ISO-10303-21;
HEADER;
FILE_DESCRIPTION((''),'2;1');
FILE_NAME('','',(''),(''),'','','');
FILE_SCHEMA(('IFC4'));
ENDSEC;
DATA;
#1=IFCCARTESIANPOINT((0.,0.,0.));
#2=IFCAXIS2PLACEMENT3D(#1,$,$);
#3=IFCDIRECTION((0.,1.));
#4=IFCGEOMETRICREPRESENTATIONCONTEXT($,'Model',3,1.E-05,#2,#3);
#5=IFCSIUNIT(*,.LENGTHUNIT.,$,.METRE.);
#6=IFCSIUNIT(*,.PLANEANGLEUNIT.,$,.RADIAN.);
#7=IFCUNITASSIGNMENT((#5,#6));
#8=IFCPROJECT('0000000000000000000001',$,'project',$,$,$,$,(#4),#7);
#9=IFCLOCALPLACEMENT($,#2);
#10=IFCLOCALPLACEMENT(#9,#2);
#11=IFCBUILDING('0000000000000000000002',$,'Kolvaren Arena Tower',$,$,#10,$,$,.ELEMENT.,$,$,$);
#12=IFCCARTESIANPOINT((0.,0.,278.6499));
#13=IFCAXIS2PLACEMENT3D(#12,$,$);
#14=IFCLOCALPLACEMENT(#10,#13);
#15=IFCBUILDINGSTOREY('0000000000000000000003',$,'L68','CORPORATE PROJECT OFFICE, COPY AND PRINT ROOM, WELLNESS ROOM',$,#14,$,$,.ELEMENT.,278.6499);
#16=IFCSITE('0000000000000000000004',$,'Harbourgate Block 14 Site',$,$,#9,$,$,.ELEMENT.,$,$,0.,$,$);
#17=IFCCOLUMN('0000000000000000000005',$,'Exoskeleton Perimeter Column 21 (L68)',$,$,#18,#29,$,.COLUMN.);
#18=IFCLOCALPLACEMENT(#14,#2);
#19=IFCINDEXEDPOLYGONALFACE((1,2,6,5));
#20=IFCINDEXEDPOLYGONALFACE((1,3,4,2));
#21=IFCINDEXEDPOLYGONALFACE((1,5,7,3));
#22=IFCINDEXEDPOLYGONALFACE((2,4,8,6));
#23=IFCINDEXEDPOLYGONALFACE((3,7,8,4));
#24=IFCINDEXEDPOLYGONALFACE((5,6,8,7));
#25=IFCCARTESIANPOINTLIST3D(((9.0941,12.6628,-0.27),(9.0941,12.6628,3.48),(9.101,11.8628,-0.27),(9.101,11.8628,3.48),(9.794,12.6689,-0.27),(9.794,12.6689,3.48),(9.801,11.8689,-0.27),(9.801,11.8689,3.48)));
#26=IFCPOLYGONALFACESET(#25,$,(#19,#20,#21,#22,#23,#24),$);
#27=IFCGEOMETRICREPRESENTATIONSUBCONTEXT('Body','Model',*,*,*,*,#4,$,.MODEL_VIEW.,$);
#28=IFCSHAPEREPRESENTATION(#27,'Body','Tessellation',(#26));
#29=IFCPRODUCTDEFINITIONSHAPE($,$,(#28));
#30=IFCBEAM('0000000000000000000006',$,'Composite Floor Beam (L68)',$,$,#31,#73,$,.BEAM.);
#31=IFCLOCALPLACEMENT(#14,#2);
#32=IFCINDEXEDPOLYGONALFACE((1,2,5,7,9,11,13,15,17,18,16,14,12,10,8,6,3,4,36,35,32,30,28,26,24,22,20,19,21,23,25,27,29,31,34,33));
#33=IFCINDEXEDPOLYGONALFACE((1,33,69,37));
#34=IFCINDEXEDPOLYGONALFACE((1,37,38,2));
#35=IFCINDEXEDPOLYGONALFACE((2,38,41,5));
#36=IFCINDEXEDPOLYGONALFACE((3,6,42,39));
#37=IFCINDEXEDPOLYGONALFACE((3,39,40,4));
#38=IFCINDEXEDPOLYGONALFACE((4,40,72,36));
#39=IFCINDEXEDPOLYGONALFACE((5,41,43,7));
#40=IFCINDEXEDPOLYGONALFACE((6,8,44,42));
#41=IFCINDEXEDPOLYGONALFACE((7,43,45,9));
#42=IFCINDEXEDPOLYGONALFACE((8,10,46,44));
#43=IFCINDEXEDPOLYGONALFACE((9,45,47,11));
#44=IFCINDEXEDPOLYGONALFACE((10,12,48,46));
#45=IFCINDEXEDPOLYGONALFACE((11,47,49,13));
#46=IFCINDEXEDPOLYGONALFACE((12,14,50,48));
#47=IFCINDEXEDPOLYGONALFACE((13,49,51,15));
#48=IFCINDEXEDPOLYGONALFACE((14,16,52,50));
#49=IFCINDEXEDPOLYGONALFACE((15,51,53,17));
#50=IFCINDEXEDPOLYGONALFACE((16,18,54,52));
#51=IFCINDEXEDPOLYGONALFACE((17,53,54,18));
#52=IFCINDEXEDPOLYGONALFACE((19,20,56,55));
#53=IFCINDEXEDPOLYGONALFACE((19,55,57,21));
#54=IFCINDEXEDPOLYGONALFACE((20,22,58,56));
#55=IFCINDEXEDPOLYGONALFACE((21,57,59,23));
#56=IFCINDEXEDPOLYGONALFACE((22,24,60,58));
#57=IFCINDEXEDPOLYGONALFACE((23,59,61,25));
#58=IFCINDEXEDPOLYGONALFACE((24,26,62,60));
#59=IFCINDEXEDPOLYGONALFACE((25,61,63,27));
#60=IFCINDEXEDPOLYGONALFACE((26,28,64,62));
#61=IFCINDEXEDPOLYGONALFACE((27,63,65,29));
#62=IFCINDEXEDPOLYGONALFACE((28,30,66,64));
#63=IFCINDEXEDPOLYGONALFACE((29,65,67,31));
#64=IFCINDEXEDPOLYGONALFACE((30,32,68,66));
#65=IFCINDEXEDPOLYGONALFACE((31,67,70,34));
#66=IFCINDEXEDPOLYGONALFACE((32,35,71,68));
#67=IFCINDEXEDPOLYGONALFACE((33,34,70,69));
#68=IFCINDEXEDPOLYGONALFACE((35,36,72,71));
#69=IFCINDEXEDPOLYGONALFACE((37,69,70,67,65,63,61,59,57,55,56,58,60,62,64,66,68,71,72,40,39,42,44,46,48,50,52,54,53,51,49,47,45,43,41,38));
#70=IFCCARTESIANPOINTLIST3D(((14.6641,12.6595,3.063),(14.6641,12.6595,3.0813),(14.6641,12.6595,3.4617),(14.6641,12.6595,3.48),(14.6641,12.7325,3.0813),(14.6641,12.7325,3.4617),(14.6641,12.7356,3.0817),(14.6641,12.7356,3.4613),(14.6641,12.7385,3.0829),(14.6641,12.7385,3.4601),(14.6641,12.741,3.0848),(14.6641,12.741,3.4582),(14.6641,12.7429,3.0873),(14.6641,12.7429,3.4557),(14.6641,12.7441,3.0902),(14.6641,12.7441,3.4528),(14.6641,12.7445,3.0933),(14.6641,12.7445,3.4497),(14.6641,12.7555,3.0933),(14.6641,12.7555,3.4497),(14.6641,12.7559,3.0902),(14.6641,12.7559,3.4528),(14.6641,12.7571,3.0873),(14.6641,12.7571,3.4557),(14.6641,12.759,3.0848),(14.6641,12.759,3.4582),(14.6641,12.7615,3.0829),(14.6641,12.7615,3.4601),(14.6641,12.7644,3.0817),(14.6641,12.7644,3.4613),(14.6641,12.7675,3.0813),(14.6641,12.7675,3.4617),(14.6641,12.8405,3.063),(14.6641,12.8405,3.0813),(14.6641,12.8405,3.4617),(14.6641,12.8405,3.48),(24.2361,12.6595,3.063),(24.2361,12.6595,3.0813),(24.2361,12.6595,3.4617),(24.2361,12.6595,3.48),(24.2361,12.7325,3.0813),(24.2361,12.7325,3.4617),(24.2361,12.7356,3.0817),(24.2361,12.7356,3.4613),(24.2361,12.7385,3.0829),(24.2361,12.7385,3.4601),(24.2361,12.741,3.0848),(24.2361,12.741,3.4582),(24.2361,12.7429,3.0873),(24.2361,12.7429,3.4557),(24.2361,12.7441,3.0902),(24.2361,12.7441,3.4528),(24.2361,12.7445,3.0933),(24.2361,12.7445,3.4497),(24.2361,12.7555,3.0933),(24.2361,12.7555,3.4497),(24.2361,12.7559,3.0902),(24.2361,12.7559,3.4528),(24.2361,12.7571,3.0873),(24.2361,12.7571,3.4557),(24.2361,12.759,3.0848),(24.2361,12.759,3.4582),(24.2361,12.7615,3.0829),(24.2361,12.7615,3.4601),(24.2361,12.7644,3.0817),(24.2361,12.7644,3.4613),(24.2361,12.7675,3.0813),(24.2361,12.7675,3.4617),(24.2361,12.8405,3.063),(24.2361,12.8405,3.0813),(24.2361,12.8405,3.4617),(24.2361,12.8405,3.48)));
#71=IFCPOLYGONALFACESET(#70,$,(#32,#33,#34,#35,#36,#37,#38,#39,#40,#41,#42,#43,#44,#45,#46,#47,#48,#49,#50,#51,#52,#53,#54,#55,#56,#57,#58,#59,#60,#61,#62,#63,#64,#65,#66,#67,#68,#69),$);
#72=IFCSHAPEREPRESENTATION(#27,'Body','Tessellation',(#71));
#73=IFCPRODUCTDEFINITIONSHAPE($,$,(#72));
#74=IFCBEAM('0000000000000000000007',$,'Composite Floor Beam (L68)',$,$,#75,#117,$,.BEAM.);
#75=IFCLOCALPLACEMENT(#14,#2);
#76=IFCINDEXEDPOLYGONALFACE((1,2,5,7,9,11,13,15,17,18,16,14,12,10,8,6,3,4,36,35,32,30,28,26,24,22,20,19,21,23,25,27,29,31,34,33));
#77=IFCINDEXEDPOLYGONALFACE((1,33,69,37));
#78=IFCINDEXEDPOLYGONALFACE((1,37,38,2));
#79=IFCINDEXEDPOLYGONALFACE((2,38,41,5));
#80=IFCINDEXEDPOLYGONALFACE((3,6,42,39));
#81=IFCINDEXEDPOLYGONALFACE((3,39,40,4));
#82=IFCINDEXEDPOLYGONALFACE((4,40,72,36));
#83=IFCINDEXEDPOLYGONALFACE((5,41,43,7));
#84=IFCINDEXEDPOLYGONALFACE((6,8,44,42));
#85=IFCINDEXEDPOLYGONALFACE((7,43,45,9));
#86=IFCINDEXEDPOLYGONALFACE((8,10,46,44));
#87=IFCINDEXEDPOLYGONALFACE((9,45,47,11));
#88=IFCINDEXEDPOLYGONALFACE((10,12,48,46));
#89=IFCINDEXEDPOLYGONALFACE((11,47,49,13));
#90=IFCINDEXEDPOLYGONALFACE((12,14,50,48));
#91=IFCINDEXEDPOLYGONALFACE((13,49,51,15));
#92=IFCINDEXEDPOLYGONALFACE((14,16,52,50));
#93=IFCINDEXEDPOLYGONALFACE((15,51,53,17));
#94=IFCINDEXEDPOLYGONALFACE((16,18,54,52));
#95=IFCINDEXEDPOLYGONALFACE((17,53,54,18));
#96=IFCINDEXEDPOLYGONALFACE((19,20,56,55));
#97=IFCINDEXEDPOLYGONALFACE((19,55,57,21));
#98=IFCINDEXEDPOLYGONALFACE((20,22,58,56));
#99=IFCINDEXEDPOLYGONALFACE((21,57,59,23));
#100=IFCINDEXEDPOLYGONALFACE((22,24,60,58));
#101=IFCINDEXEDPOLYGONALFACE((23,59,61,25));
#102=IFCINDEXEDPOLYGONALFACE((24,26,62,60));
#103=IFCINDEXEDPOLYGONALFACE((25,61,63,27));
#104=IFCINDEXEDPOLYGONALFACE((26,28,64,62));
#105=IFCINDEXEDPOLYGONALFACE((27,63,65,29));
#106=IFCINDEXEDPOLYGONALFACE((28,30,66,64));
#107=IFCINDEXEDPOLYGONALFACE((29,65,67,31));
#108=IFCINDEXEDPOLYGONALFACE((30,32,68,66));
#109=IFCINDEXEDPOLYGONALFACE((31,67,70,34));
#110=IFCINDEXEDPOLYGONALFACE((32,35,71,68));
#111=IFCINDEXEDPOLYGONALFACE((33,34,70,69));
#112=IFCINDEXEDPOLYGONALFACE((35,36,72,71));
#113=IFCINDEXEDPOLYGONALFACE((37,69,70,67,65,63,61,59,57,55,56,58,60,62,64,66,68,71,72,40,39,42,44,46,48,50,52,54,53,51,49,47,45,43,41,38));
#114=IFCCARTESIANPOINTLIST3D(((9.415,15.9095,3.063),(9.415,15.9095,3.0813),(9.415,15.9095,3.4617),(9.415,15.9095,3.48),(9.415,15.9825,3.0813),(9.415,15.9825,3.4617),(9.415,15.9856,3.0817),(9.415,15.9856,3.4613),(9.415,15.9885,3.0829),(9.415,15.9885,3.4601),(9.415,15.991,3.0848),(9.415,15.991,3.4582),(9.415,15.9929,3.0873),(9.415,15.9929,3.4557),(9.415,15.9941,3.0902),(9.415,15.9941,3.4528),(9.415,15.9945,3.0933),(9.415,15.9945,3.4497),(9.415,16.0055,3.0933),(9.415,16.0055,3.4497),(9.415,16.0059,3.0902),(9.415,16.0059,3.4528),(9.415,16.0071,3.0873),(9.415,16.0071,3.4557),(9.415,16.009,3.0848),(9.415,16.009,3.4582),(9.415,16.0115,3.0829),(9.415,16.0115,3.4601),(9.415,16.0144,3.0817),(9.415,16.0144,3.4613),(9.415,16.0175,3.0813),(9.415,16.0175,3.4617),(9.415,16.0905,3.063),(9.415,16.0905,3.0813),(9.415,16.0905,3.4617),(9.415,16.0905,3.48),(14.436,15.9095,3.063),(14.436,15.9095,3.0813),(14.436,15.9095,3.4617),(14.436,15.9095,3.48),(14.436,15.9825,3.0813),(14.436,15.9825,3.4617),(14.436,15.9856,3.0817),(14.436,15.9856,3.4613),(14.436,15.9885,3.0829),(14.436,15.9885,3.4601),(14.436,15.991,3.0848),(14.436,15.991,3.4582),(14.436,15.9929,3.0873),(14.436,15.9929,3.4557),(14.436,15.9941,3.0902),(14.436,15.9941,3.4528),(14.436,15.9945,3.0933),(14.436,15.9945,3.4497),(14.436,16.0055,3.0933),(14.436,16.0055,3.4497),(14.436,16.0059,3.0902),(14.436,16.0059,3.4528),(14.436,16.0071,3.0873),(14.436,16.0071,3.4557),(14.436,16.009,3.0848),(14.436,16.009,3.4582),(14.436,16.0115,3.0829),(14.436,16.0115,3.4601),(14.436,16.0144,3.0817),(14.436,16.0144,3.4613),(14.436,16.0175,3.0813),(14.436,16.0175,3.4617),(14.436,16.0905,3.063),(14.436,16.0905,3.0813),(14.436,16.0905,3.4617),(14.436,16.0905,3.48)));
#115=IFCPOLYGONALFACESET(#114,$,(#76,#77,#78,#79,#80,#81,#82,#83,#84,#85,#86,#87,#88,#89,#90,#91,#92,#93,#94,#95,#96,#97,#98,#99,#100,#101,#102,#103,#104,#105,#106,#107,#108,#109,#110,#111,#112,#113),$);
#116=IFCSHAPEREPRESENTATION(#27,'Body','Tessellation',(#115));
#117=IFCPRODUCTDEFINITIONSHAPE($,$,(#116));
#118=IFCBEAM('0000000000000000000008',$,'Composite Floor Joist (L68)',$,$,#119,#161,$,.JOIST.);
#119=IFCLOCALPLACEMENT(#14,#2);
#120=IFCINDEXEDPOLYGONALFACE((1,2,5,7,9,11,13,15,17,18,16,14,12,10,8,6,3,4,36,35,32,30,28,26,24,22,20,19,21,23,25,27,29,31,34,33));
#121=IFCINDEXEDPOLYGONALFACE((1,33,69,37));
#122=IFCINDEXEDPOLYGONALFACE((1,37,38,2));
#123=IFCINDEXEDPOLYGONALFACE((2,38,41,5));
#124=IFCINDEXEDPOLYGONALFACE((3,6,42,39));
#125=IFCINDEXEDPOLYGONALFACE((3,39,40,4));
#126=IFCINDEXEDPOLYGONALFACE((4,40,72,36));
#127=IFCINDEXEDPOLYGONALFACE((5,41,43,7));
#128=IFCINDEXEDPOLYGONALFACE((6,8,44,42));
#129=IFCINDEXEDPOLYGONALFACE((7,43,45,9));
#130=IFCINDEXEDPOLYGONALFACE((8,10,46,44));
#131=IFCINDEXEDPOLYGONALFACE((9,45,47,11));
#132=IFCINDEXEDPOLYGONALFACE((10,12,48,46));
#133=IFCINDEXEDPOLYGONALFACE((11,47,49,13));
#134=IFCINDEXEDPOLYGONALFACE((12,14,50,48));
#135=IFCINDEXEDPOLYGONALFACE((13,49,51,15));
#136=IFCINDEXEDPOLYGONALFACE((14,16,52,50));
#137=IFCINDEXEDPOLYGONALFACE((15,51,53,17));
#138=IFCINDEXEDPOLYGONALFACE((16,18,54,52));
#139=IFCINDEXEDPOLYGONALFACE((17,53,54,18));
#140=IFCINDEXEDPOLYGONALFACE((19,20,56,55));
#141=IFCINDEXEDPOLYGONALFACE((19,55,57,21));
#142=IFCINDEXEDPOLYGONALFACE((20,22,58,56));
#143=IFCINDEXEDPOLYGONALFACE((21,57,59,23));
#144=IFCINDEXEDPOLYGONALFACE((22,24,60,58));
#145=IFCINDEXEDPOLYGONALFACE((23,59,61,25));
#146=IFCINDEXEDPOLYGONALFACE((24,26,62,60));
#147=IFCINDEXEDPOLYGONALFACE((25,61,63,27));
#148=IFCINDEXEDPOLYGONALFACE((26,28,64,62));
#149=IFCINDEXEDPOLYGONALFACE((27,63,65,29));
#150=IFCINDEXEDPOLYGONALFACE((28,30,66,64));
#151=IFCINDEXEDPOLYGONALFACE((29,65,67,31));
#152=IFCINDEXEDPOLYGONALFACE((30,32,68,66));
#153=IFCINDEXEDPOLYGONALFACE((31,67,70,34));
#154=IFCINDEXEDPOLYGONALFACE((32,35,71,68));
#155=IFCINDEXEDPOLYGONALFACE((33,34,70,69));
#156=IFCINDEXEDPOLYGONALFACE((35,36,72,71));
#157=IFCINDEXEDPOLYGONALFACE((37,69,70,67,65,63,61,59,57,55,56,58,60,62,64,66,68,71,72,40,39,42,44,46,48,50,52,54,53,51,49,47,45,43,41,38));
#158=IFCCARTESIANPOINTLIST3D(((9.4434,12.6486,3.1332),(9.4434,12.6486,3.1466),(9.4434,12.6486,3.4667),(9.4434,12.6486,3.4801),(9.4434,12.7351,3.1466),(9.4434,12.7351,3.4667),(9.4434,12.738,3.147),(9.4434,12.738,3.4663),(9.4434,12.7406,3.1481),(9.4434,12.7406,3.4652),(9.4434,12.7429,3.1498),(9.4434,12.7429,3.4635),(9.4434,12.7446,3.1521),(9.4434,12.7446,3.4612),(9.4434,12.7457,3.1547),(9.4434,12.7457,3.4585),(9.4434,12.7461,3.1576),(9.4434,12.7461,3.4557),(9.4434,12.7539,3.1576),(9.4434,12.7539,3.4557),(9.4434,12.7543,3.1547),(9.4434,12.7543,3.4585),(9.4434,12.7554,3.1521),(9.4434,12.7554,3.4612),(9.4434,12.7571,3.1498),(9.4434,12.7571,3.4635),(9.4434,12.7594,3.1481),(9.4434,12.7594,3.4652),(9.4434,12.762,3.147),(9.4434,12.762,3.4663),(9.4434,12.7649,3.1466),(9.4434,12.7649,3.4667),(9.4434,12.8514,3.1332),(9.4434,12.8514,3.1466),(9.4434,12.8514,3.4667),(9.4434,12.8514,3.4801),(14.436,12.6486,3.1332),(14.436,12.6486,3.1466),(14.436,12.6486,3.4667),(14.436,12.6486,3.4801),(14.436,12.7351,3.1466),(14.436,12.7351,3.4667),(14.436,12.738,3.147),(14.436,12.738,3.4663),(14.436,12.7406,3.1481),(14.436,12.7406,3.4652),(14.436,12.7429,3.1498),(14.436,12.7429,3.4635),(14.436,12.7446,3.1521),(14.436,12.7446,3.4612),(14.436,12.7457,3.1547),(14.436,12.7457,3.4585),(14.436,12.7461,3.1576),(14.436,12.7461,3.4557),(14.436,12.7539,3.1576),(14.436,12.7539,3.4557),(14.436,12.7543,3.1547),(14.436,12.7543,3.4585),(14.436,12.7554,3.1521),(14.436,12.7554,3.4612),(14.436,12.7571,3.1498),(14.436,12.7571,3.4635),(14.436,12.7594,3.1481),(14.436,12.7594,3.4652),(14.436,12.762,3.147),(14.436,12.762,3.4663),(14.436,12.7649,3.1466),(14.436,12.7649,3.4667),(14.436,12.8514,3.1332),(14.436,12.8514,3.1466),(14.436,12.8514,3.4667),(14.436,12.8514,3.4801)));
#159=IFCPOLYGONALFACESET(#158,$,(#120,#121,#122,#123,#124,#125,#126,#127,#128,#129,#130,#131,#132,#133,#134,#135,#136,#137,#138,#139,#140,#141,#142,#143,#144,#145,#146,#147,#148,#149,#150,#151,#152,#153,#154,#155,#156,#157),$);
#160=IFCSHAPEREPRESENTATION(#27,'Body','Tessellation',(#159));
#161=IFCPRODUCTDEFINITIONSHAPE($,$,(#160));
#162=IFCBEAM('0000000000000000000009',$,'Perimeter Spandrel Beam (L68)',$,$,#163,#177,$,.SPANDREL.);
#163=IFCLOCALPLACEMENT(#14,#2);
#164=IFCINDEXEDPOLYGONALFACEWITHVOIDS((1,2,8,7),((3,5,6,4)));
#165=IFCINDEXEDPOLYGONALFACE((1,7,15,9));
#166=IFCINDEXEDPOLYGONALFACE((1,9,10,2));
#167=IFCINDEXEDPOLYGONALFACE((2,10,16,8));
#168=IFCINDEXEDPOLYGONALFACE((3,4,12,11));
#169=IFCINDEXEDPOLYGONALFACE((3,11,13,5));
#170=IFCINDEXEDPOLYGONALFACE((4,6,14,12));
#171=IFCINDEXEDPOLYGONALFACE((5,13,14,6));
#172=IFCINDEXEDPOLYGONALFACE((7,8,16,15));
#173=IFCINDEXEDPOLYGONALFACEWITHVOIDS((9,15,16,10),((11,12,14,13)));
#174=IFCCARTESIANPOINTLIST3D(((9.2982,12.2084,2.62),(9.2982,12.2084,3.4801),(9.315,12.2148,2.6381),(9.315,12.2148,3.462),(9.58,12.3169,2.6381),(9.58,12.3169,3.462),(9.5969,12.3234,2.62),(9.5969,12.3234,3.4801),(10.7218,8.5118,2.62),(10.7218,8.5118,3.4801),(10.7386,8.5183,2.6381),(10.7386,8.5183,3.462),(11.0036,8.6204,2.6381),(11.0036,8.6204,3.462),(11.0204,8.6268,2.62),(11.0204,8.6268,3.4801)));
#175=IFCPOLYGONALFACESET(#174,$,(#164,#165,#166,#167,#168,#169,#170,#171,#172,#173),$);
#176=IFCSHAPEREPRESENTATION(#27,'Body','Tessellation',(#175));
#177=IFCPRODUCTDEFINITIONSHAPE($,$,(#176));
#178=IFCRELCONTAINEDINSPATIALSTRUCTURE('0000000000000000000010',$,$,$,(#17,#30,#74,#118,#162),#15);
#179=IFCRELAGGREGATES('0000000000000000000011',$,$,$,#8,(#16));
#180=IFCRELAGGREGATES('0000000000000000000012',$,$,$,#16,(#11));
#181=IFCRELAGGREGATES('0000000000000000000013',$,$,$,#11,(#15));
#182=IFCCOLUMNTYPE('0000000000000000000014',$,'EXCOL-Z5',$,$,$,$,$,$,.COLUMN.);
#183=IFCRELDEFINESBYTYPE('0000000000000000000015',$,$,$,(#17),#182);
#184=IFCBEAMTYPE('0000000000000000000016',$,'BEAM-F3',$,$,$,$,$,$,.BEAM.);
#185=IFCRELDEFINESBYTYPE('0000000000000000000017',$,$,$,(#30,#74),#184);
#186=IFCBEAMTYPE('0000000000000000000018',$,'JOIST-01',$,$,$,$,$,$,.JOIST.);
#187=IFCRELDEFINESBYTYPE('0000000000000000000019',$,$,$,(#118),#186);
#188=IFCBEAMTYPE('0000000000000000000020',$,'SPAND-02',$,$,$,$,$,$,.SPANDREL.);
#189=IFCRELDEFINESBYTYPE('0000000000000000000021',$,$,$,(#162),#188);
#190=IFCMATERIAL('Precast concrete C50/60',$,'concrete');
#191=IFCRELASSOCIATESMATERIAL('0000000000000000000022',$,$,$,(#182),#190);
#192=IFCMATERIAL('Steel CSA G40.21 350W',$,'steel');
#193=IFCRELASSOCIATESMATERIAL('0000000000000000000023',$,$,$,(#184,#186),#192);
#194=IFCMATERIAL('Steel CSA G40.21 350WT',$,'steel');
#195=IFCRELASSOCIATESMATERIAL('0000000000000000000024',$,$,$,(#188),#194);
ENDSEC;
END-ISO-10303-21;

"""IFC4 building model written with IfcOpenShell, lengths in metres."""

from ifc_helpers import new_model, si_unit, direction, frame, origin, origin_2d, place, context, subcontext, project, spatial, rectangle, hollow_rectangle, i_section, extrude, material, material_profile, profile_set, type_object, element, save


model = new_model("IFC4")

# Units and contexts
model_context = context("Model", 3, precision=1e-05, world=origin(), true_north=direction((0.0, 1.0)))
body_context = subcontext(model_context, "Body", "Model", "MODEL_VIEW")
ifc_project = project(units=[si_unit("LENGTHUNIT", "METRE"), si_unit("PLANEANGLEUNIT", "RADIAN")], contexts=[model_context])

# Site, building, storey
site_placement = place(None, origin())
site = spatial("IfcSite", under=ifc_project, at=site_placement, Name="Harbourgate Block 14 Site", CompositionType="ELEMENT", RefElevation=0.0)
building_placement = place(site_placement, origin())
building = spatial("IfcBuilding", under=site, at=building_placement, Name="Kolvaren Arena Tower", CompositionType="ELEMENT")
storey_placement = place(building_placement, frame((0.0, 0.0, 278.6499)))
storey = spatial("IfcBuildingStorey", under=building, at=storey_placement, Name="L68", Description="CORPORATE PROJECT OFFICE, COPY AND PRINT ROOM, WELLNESS ROOM", CompositionType="ELEMENT", Elevation=278.6499)

# Column
ifc_material_1 = material(Name="Precast concrete C50/60", Category="concrete")
ifc_material_profile_1 = material_profile(ifc_material_1, rectangle(XDim=0.8, YDim=0.7, at=origin_2d()), Name="RC-800x700")
ifc_profile_set_1 = profile_set([ifc_material_profile_1], Name="Precast concrete C50/60")
column_type = type_object("IfcColumnType", Name="EXCOL-Z5", PredefinedType="COLUMN", material=ifc_profile_set_1)
column_placement = place(storey_placement, frame((9.4475, 12.2659, -0.27), z_axis=(0.0, 0.0, 1.0), x_axis=(-0.008727, 0.999962, 0.0)))
element("IfcColumn", 1, at=column_placement, inside=storey, type_object=column_type, Name="Exoskeleton Perimeter Column 21 (L68)", PredefinedType="COLUMN", context=body_context, shape_type="SweptSolid", body=[
    extrude(rectangle(XDim=0.8, YDim=0.7, at=origin_2d()), origin(), (0.0, 0.0, 1.0), 3.75),
])

# Beams
ifc_material_2 = material(Name="Steel CSA G40.21 350W", Category="steel")
ifc_material_profile_2 = material_profile(ifc_material_2, i_section(OverallWidth=0.1809, OverallDepth=0.417, WebThickness=0.011, FlangeThickness=0.0183, FilletRadius=0.012, at=origin_2d()), Name="W410x85")
ifc_profile_set_2 = profile_set([ifc_material_profile_2], Name="Steel CSA G40.21 350W")
beam_type_1 = type_object("IfcBeamType", Name="BEAM-F3", PredefinedType="BEAM", material=ifc_profile_set_2)
beam_1_placement = place(storey_placement, frame((14.6641, 12.75, 3.2715), z_axis=(1.0, 0.0, 0.0), x_axis=(0.0, 1.0, 0.0)))
element("IfcBeam", 2, at=beam_1_placement, inside=storey, type_object=beam_type_1, Name="Composite Floor Beam (L68)", PredefinedType="BEAM", context=body_context, shape_type="SweptSolid", body=[
    extrude(i_section(OverallWidth=0.1809, OverallDepth=0.417, WebThickness=0.011, FlangeThickness=0.0183, FilletRadius=0.012, at=origin_2d()), origin(), (0.0, 0.0, 1.0), 9.572),
])
beam_2_placement = place(storey_placement, frame((9.415, 16.0, 3.2715), z_axis=(1.0, 0.0, 0.0), x_axis=(0.0, 1.0, 0.0)))
element("IfcBeam", 3, at=beam_2_placement, inside=storey, type_object=beam_type_1, Name="Composite Floor Beam (L68)", PredefinedType="BEAM", context=body_context, shape_type="SweptSolid", body=[
    extrude(i_section(OverallWidth=0.1809, OverallDepth=0.417, WebThickness=0.011, FlangeThickness=0.0183, FilletRadius=0.012, at=origin_2d()), origin(), (0.0, 0.0, 1.0), 5.021),
])
ifc_material_profile_3 = material_profile(ifc_material_2, i_section(OverallWidth=0.2029, OverallDepth=0.3469, WebThickness=0.0078, FlangeThickness=0.0134, FilletRadius=0.011, at=origin_2d()), Name="W360x64")
ifc_profile_set_3 = profile_set([ifc_material_profile_3], Name="Steel CSA G40.21 350W")
beam_type_2 = type_object("IfcBeamType", Name="JOIST-01", PredefinedType="JOIST", material=ifc_profile_set_3)
beam_3_placement = place(storey_placement, frame((9.4434, 12.75, 3.3066), z_axis=(1.0, 0.0, 0.0), x_axis=(0.0, 1.0, 0.0)))
element("IfcBeam", 4, at=beam_3_placement, inside=storey, type_object=beam_type_2, Name="Composite Floor Joist (L68)", PredefinedType="JOIST", context=body_context, shape_type="SweptSolid", body=[
    extrude(i_section(OverallWidth=0.2029, OverallDepth=0.3469, WebThickness=0.0078, FlangeThickness=0.0134, FilletRadius=0.011, at=origin_2d()), origin(), (0.0, 0.0, 1.0), 4.9927),
])
ifc_material_3 = material(Name="Steel CSA G40.21 350WT", Category="steel")
ifc_material_profile_4 = material_profile(ifc_material_3, hollow_rectangle(XDim=0.3201, YDim=0.8601, WallThickness=0.0181, at=origin_2d()), Name="HSS 860x320x18")
ifc_profile_set_4 = profile_set([ifc_material_profile_4], Name="Steel CSA G40.21 350WT")
beam_type_3 = type_object("IfcBeamType", Name="SPAND-02", PredefinedType="SPANDREL", material=ifc_profile_set_4)
beam_4_placement = place(storey_placement, frame((9.4475, 12.2659, 3.05), z_axis=(0.359384, -0.93319, 0.0), x_axis=(0.93319, 0.359384, 0.0)))
element("IfcBeam", 5, at=beam_4_placement, inside=storey, type_object=beam_type_3, Name="Perimeter Spandrel Beam (L68)", PredefinedType="SPANDREL", context=body_context, shape_type="SweptSolid", body=[
    extrude(hollow_rectangle(XDim=0.3201, YDim=0.8601, WallThickness=0.0181, at=origin_2d()), origin(), (0.0, 0.0, 1.0), 3.9612),
])

save(model, "model.ifc")
